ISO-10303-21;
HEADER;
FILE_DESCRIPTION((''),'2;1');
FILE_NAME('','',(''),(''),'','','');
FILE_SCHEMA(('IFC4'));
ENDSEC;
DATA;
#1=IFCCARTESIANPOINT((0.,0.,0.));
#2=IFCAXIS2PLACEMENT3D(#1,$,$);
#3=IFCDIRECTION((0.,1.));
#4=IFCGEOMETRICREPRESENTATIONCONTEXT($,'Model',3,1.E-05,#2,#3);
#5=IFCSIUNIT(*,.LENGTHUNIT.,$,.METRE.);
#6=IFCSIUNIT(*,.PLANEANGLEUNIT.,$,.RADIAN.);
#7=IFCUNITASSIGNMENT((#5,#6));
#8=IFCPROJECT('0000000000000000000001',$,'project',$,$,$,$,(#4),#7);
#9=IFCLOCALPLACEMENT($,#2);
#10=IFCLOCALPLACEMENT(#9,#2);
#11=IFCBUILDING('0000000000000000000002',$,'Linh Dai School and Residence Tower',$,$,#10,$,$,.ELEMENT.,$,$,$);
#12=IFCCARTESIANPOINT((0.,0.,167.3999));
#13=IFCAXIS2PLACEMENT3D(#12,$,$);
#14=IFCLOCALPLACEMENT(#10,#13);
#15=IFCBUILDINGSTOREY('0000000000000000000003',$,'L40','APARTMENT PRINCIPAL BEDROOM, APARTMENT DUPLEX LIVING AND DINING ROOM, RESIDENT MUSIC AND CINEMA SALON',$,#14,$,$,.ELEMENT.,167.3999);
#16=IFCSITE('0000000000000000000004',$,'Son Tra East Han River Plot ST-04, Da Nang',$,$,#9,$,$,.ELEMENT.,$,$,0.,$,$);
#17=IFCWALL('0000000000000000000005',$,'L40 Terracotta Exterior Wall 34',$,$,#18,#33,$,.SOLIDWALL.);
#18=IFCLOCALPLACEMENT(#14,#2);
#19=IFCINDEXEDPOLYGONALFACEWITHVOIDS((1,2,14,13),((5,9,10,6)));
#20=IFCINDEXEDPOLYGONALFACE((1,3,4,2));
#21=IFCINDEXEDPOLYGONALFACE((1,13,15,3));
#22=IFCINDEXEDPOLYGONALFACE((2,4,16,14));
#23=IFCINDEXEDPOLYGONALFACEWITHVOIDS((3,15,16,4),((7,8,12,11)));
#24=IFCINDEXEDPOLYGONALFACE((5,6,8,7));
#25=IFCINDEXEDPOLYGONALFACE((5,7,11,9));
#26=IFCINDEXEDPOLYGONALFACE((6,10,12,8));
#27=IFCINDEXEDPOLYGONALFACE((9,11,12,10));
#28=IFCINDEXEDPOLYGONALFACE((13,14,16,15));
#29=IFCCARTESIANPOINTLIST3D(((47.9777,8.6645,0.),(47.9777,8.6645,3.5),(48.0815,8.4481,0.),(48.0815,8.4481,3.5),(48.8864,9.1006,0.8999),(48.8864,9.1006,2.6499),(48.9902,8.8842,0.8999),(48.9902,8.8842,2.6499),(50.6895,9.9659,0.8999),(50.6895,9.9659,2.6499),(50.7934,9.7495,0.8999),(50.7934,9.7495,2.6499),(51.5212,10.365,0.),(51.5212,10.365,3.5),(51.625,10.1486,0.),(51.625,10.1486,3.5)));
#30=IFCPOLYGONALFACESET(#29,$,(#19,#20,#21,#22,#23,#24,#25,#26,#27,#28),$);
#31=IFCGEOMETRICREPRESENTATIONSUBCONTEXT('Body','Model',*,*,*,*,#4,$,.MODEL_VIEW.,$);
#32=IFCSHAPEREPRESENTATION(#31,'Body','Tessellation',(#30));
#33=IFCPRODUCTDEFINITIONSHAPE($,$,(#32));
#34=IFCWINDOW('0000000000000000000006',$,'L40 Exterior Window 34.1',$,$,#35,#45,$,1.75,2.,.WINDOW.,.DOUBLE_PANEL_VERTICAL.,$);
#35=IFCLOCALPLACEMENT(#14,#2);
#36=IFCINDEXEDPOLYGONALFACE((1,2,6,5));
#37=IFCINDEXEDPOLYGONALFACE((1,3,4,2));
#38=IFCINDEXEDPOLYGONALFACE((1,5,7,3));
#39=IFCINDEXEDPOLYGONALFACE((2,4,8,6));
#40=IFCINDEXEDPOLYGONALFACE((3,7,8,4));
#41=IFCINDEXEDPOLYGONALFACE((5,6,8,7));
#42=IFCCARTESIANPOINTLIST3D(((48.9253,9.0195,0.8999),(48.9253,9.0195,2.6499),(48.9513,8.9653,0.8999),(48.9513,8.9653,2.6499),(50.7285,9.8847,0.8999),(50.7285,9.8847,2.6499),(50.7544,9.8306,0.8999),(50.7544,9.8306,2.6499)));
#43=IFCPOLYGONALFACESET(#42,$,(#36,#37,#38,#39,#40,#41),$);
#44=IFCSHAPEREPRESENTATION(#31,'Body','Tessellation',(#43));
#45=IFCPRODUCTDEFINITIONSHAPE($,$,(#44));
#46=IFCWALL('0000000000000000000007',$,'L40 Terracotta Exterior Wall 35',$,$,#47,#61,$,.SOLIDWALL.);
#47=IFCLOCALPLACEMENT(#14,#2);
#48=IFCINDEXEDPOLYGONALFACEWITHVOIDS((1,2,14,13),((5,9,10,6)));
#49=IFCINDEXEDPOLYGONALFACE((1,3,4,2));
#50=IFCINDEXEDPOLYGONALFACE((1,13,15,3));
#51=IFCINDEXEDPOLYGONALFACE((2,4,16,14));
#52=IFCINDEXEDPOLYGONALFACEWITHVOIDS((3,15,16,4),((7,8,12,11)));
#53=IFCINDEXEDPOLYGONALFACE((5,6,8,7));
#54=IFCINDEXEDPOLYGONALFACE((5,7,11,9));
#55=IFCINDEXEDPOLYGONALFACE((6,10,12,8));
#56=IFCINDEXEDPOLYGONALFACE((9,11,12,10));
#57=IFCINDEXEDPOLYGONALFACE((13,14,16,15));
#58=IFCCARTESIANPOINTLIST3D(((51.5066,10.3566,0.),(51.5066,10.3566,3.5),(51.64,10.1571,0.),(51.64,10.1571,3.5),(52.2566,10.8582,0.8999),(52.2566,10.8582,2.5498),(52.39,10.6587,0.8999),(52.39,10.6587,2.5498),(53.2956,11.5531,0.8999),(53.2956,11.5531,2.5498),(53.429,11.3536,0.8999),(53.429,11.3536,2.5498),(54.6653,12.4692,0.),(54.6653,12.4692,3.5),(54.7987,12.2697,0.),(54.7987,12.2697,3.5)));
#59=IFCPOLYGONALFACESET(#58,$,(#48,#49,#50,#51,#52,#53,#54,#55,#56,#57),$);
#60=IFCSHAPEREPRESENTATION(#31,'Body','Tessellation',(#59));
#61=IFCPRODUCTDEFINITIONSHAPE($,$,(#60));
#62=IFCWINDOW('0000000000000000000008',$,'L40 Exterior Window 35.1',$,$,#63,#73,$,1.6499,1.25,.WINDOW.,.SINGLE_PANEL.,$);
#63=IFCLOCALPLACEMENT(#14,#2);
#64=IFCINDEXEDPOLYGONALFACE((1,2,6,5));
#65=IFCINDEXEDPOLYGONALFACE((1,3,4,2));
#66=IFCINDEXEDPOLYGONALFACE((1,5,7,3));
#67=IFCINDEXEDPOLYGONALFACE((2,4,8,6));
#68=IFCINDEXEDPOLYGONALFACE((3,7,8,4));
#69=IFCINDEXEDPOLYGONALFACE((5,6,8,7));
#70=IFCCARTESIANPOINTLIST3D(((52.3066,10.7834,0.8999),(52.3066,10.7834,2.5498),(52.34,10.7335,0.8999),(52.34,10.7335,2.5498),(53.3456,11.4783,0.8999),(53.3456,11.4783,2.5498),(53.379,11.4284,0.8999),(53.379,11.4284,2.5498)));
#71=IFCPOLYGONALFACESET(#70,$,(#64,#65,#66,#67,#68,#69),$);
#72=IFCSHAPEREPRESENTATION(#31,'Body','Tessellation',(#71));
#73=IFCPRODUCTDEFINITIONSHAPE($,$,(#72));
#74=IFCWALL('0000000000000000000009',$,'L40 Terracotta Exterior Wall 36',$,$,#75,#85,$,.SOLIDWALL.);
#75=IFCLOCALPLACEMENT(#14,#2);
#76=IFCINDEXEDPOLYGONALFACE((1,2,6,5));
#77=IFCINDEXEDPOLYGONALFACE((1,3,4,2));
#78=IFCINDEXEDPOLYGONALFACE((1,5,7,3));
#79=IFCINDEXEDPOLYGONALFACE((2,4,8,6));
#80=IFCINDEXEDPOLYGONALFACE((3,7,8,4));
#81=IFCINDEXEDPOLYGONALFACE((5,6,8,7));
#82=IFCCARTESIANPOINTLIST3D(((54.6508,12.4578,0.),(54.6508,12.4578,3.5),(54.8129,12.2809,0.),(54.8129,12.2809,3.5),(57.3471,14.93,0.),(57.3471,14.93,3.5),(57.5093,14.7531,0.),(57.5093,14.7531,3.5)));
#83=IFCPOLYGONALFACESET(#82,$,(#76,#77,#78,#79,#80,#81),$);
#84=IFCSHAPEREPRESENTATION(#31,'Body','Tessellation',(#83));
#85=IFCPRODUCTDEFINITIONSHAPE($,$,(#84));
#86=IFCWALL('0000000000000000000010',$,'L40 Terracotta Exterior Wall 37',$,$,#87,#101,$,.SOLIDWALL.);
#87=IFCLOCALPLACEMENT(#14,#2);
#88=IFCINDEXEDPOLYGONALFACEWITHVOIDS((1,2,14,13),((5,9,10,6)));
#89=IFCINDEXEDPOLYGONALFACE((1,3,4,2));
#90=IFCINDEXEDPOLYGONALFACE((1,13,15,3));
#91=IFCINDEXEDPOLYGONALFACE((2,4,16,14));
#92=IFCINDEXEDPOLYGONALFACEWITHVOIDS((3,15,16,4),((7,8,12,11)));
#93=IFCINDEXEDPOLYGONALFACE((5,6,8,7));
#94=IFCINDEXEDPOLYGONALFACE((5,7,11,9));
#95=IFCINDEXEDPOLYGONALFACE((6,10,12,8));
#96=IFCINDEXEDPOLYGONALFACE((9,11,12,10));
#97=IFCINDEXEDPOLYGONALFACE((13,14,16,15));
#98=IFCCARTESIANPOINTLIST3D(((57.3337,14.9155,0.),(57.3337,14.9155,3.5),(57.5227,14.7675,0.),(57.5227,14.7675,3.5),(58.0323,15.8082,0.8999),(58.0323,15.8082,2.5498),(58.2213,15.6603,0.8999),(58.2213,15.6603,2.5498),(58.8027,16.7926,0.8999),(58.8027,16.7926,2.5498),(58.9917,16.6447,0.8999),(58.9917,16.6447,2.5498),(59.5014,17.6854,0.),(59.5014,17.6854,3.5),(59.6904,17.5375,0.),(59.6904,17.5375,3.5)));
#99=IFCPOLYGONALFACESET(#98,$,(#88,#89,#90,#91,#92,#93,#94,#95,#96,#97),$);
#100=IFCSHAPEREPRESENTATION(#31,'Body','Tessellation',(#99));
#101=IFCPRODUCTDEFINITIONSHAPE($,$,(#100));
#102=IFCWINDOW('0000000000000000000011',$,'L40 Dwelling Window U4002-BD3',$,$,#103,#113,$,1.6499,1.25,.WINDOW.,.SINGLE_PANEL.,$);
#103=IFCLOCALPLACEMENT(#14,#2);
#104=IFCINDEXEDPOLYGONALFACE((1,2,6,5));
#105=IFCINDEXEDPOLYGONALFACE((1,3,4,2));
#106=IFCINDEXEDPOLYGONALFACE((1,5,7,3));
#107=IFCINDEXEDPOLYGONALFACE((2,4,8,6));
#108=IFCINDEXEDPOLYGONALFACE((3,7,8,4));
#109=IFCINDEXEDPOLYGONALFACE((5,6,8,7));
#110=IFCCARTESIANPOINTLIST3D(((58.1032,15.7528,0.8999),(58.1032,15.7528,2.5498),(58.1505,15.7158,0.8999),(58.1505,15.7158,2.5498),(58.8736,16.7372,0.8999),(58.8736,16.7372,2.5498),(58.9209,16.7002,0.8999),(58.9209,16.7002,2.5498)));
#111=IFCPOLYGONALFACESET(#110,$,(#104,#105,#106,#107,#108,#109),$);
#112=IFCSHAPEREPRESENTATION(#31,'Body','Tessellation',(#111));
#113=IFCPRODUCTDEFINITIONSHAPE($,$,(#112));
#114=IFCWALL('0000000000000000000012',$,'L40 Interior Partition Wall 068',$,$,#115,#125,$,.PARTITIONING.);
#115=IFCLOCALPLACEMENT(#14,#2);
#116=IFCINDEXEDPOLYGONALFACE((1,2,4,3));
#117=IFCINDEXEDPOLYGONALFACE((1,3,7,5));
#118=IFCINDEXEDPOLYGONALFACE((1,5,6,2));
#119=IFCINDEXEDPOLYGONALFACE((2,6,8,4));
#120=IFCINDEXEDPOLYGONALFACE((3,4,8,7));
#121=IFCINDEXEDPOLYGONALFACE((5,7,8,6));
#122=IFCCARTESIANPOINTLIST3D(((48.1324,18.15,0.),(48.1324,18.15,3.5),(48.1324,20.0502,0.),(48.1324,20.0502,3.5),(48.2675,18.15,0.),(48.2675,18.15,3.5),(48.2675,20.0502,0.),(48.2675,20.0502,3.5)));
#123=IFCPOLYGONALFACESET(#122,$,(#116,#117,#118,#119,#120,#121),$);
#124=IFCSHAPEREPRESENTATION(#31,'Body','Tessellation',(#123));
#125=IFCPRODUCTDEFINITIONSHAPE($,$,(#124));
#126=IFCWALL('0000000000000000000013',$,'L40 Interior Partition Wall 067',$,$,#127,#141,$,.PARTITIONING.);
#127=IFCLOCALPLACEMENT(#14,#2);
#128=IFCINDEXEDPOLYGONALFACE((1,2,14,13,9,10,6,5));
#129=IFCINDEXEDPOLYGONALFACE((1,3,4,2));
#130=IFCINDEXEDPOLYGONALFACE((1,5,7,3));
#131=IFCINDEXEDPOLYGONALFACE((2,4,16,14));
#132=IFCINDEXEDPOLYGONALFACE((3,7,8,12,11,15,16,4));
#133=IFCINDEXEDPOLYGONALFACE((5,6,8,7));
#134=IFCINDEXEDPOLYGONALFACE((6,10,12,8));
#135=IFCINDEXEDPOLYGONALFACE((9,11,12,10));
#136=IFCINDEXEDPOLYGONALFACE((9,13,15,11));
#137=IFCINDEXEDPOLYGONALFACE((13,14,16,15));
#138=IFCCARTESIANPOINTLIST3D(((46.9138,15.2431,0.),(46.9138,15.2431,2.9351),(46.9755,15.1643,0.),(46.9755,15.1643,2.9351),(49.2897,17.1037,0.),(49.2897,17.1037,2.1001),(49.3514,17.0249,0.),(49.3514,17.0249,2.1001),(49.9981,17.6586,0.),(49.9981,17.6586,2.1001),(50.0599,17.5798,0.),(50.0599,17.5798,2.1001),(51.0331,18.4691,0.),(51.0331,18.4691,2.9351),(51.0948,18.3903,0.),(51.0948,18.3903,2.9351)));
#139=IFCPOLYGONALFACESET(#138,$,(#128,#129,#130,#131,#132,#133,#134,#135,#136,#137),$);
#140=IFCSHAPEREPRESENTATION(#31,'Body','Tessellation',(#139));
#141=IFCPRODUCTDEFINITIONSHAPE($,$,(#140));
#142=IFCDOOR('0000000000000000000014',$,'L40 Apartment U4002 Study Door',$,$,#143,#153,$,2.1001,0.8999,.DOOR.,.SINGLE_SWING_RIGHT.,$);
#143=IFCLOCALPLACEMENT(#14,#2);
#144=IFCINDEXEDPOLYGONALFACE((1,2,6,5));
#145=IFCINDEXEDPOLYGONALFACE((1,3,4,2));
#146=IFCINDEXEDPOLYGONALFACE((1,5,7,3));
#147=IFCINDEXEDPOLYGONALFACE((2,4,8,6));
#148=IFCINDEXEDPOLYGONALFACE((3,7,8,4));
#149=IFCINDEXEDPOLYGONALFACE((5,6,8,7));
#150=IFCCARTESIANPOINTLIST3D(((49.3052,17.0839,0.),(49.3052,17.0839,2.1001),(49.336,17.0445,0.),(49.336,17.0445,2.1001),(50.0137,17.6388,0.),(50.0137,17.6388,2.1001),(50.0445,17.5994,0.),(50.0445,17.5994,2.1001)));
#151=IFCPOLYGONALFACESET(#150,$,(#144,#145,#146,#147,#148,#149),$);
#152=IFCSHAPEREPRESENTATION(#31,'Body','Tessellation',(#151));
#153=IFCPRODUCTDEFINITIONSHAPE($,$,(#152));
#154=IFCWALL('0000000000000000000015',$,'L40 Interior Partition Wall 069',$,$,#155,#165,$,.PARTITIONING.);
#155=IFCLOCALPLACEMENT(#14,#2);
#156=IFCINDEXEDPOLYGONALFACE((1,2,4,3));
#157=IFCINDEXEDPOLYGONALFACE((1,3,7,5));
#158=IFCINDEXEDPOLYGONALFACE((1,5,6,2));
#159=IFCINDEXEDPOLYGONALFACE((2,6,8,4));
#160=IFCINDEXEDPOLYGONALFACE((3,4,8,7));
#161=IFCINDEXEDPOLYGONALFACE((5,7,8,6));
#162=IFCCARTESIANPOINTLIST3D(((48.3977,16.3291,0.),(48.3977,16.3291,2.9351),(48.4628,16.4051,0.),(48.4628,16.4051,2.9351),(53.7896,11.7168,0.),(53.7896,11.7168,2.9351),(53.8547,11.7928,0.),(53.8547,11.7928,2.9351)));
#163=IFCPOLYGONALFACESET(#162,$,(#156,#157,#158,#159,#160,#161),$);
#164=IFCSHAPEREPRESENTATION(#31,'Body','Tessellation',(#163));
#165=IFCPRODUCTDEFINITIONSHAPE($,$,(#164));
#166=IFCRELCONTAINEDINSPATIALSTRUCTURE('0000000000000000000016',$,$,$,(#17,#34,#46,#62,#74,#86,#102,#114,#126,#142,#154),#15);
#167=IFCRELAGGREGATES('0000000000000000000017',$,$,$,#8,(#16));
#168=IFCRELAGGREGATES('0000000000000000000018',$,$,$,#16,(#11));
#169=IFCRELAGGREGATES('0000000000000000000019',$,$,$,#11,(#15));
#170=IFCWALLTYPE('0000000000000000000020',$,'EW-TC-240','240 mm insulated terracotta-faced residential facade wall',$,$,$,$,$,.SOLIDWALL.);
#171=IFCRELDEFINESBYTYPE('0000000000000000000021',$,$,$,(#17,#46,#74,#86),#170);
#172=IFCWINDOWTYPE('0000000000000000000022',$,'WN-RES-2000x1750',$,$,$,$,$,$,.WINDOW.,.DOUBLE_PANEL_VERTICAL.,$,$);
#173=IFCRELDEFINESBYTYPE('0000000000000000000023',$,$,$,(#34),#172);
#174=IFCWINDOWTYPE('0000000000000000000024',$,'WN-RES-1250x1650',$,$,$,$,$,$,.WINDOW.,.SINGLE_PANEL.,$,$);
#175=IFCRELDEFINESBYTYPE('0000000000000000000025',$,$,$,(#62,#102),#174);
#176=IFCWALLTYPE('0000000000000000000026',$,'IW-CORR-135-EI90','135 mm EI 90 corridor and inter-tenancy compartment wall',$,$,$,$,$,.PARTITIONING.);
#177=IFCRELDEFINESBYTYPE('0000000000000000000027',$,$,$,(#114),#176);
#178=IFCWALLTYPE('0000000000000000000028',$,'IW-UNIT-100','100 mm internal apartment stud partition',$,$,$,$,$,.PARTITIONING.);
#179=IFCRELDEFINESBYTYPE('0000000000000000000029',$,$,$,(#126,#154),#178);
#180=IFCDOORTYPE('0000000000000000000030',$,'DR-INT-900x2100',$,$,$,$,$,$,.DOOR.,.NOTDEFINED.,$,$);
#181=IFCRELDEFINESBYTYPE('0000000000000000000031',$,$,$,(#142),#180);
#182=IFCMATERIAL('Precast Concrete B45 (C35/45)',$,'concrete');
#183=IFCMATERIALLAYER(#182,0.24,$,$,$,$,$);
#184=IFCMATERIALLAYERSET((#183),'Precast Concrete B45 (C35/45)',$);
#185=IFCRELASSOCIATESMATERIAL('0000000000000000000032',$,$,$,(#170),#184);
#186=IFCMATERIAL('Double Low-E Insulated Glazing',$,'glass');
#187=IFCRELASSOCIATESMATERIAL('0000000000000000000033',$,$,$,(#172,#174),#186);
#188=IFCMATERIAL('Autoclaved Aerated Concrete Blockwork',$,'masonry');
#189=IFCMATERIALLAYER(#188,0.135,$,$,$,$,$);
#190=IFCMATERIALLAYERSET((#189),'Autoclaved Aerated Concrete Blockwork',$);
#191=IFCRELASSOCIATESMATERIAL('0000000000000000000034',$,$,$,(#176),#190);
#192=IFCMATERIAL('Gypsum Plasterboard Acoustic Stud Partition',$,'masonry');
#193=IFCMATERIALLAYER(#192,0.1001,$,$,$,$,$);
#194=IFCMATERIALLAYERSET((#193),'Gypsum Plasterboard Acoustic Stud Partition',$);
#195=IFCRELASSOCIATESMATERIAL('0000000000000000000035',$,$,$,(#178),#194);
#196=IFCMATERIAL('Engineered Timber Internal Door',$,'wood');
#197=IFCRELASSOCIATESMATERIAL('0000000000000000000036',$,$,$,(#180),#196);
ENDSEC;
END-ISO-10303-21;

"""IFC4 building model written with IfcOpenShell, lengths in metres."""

from ifc_helpers import new_model, si_unit, direction, frame, frame_2d, origin, origin_2d, place, context, subcontext, project, spatial, rectangle, extrude, source, transform, mapped, material, layer, layer_set, type_object, element, fill, save


model = new_model("IFC4")

# Units and contexts
model_context = context("Model", 3, precision=1e-05, world=origin(), true_north=direction((0.0, 1.0)))
body_context = subcontext(model_context, "Body", "Model", "MODEL_VIEW")
ifc_project = project(units=[si_unit("LENGTHUNIT", "METRE"), si_unit("PLANEANGLEUNIT", "RADIAN")], contexts=[model_context])

# Site, building, storey
site_placement = place(None, origin())
site = spatial("IfcSite", under=ifc_project, at=site_placement, Name="Son Tra East Han River Plot ST-04, Da Nang", CompositionType="ELEMENT", RefElevation=0.0)
building_placement = place(site_placement, origin())
building = spatial("IfcBuilding", under=site, at=building_placement, Name="Linh Dai School and Residence Tower", CompositionType="ELEMENT")
storey_placement = place(building_placement, frame((0.0, 0.0, 167.3999)))
storey = spatial("IfcBuildingStorey", under=building, at=storey_placement, Name="L40", Description="APARTMENT PRINCIPAL BEDROOM, APARTMENT DUPLEX LIVING AND DINING ROOM, RESIDENT MUSIC AND CINEMA SALON", CompositionType="ELEMENT", Elevation=167.3999)

# Shared definitions
ifc_material_1 = material(Name="Precast Concrete B45 (C35/45)", Category="concrete")

# Walls, openings, windows
ifc_layer_1 = layer(ifc_material_1, 0.24)
ifc_layer_set_1 = layer_set([ifc_layer_1], Name="Precast Concrete B45 (C35/45)")
wall_type_1 = type_object("IfcWallType", Name="EW-TC-240", Description="240 mm insulated terracotta-faced residential facade wall", PredefinedType="SOLIDWALL", material=ifc_layer_set_1)
ifc_material_2 = material(Name="Double Low-E Insulated Glazing", Category="glass")
window_type_1 = type_object("IfcWindowType", Name="WN-RES-2000x1750", PartitioningType="DOUBLE_PANEL_VERTICAL", PredefinedType="WINDOW", material=ifc_material_2)
shared_shape_1 = source(origin(), body_context, "Body", "SweptSolid", [
    extrude(rectangle(XDim=2.0, YDim=1.75, at=origin_2d()), frame((1.0, 0.03, 0.875), z_axis=(0.0, -1.0, 0.0), x_axis=(1.0, 0.0, 0.0)), (0.0, 0.0, 1.0), 0.0601),
])
wall_1_placement = place(storey_placement, frame((51.5732, 10.2568, 0.0), z_axis=(0.0, 0.0, 1.0), x_axis=(-0.901565, -0.432644, 0.0)))
wall_1 = element("IfcWall", 1, at=wall_1_placement, inside=storey, type_object=wall_type_1, Name="L40 Terracotta Exterior Wall 34", PredefinedType="SOLIDWALL", context=body_context, shape_type="SweptSolid", body=[
    extrude(rectangle(XDim=3.9304, YDim=0.24, at=frame_2d((1.9653, 0.0))), origin(), (0.0, 0.0, 1.0), 3.5),
])
opening_1_placement = place(wall_1_placement, frame((0.9226, 0.0, 0.8999)))
opening_1 = element("IfcOpeningElement", 2, at=opening_1_placement, cuts=wall_1, PredefinedType="OPENING", context=body_context, shape_type="SweptSolid", body=[
    extrude(rectangle(XDim=2.0, YDim=1.75, at=origin_2d()), frame((1.0, 0.1299, 0.875), z_axis=(0.0, -1.0, 0.0), x_axis=(1.0, 0.0, 0.0)), (0.0, 0.0, 1.0), 0.26),
])
window_1_placement = place(opening_1_placement, origin())
window_1 = element("IfcWindow", 3, at=window_1_placement, inside=storey, type_object=window_type_1, Name="L40 Exterior Window 34.1", OverallHeight=1.75, OverallWidth=2.0, PartitioningType="DOUBLE_PANEL_VERTICAL", PredefinedType="WINDOW", context=body_context, shape_type="MappedRepresentation", body=[
    mapped(shared_shape_1, transform((0.0, 0.0, 0.0), x_axis=(1.0, 0.0, 0.0), y_axis=(0.0, 1.0, 0.0), z_axis=(0.0, 0.0, 1.0), scale=1.0)),
])
fill(opening_1, window_1)
wall_2_placement = place(storey_placement, frame((54.7319, 12.3694, 0.0), z_axis=(0.0, 0.0, 1.0), x_axis=(-0.831229, -0.55593, 0.0)))
wall_2 = element("IfcWall", 4, at=wall_2_placement, inside=storey, type_object=wall_type_1, Name="L40 Terracotta Exterior Wall 35", PredefinedType="SOLIDWALL", context=body_context, shape_type="SweptSolid", body=[
    extrude(rectangle(XDim=3.8, YDim=0.24, at=frame_2d((1.8999, 0.0))), origin(), (0.0, 0.0, 1.0), 3.5),
])
opening_2_placement = place(wall_2_placement, frame((1.6477, 0.0, 0.8999)))
opening_2 = element("IfcOpeningElement", 5, at=opening_2_placement, cuts=wall_2, PredefinedType="OPENING", context=body_context, shape_type="SweptSolid", body=[
    extrude(rectangle(XDim=1.25, YDim=1.6499, at=origin_2d()), frame((0.625, 0.1299, 0.825), z_axis=(0.0, -1.0, 0.0), x_axis=(1.0, 0.0, 0.0)), (0.0, 0.0, 1.0), 0.26),
])
window_type_2 = type_object("IfcWindowType", Name="WN-RES-1250x1650", PartitioningType="SINGLE_PANEL", PredefinedType="WINDOW", material=ifc_material_2)
shared_shape_2 = source(origin(), body_context, "Body", "SweptSolid", [
    extrude(rectangle(XDim=1.25, YDim=1.6499, at=origin_2d()), frame((0.625, 0.03, 0.825), z_axis=(0.0, -1.0, 0.0), x_axis=(1.0, 0.0, 0.0)), (0.0, 0.0, 1.0), 0.0601),
])
window_2_placement = place(opening_2_placement, origin())
window_2 = element("IfcWindow", 6, at=window_2_placement, inside=storey, type_object=window_type_2, Name="L40 Exterior Window 35.1", OverallHeight=1.6499, OverallWidth=1.25, PartitioningType="SINGLE_PANEL", PredefinedType="WINDOW", context=body_context, shape_type="MappedRepresentation", body=[
    mapped(shared_shape_2, transform((0.0, 0.0, 0.0), x_axis=(1.0, 0.0, 0.0), y_axis=(0.0, 1.0, 0.0), z_axis=(0.0, 0.0, 1.0), scale=1.0)),
])
fill(opening_2, window_2)

# Wall
wall_3_placement = place(storey_placement, frame((57.4282, 14.8416, 0.0), z_axis=(0.0, 0.0, 1.0), x_axis=(-0.737077, -0.675809, 0.0)))
element("IfcWall", 7, at=wall_3_placement, inside=storey, type_object=wall_type_1, Name="L40 Terracotta Exterior Wall 36", PredefinedType="SOLIDWALL", context=body_context, shape_type="SweptSolid", body=[
    extrude(rectangle(XDim=3.6582, YDim=0.24, at=frame_2d((1.8291, 0.0))), origin(), (0.0, 0.0, 1.0), 3.5),
])

# Wall, opening, window
wall_4_placement = place(storey_placement, frame((59.5959, 17.6116, 0.0), z_axis=(0.0, 0.0, 1.0), x_axis=(-0.616288, -0.787521, 0.0)))
wall_4 = element("IfcWall", 8, at=wall_4_placement, inside=storey, type_object=wall_type_1, Name="L40 Terracotta Exterior Wall 37", PredefinedType="SOLIDWALL", context=body_context, shape_type="SweptSolid", body=[
    extrude(rectangle(XDim=3.5173, YDim=0.24, at=frame_2d((1.7588, 0.0))), origin(), (0.0, 0.0, 1.0), 3.5),
])
opening_3_placement = place(wall_4_placement, frame((1.1338, 0.0, 0.8999)))
opening_3 = element("IfcOpeningElement", 9, at=opening_3_placement, cuts=wall_4, PredefinedType="OPENING", context=body_context, shape_type="SweptSolid", body=[
    extrude(rectangle(XDim=1.25, YDim=1.6499, at=origin_2d()), frame((0.625, 0.1299, 0.825), z_axis=(0.0, -1.0, 0.0), x_axis=(1.0, 0.0, 0.0)), (0.0, 0.0, 1.0), 0.26),
])
window_3_placement = place(opening_3_placement, origin())
window_3 = element("IfcWindow", 10, at=window_3_placement, inside=storey, type_object=window_type_2, Name="L40 Dwelling Window U4002-BD3", OverallHeight=1.6499, OverallWidth=1.25, PartitioningType="SINGLE_PANEL", PredefinedType="WINDOW", context=body_context, shape_type="MappedRepresentation", body=[
    mapped(shared_shape_2, transform((0.0, 0.0, 0.0), x_axis=(1.0, 0.0, 0.0), y_axis=(0.0, 1.0, 0.0), z_axis=(0.0, 0.0, 1.0), scale=1.0)),
])
fill(opening_3, window_3)

# Wall
ifc_material_3 = material(Name="Autoclaved Aerated Concrete Blockwork", Category="masonry")
ifc_layer_2 = layer(ifc_material_3, 0.135)
ifc_layer_set_2 = layer_set([ifc_layer_2], Name="Autoclaved Aerated Concrete Blockwork")
wall_type_2 = type_object("IfcWallType", Name="IW-CORR-135-EI90", Description="135 mm EI 90 corridor and inter-tenancy compartment wall", PredefinedType="PARTITIONING", material=ifc_layer_set_2)
wall_5_placement = place(storey_placement, frame((48.2, 18.1499, 0.0), z_axis=(0.0, 0.0, 1.0), x_axis=(0.0, 1.0, 0.0)))
element("IfcWall", 11, at=wall_5_placement, inside=storey, type_object=wall_type_2, Name="L40 Interior Partition Wall 068", PredefinedType="PARTITIONING", context=body_context, shape_type="SweptSolid", body=[
    extrude(rectangle(XDim=1.9001, YDim=0.135, at=frame_2d((0.9502, 0.0))), origin(), (0.0, 0.0, 1.0), 3.5),
])

# Wall, opening, door
ifc_material_4 = material(Name="Gypsum Plasterboard Acoustic Stud Partition", Category="masonry")
ifc_layer_3 = layer(ifc_material_4, 0.1001)
ifc_layer_set_3 = layer_set([ifc_layer_3], Name="Gypsum Plasterboard Acoustic Stud Partition")
wall_type_3 = type_object("IfcWallType", Name="IW-UNIT-100", Description="100 mm internal apartment stud partition", PredefinedType="PARTITIONING", material=ifc_layer_set_3)
wall_6_placement = place(storey_placement, frame((46.9446, 15.2036, 0.0), z_axis=(0.0, 0.0, 1.0), x_axis=(0.7873, 0.61657, 0.0)))
wall_6 = element("IfcWall", 12, at=wall_6_placement, inside=storey, type_object=wall_type_3, Name="L40 Interior Partition Wall 067", PredefinedType="PARTITIONING", context=body_context, shape_type="SweptSolid", body=[
    extrude(rectangle(XDim=5.2322, YDim=0.1001, at=frame_2d((2.6162, 0.0))), origin(), (0.0, 0.0, 1.0), 2.9351),
])
opening_4_placement = place(wall_6_placement, frame((3.0178, 0.0, 0.0)))
opening_4 = element("IfcOpeningElement", 13, at=opening_4_placement, cuts=wall_6, PredefinedType="OPENING", context=body_context, shape_type="SweptSolid", body=[
    extrude(rectangle(XDim=0.8999, YDim=2.1001, at=origin_2d()), frame((0.45, 0.0601, 1.05), z_axis=(0.0, -1.0, 0.0), x_axis=(1.0, 0.0, 0.0)), (0.0, 0.0, 1.0), 0.1201),
])
ifc_material_5 = material(Name="Engineered Timber Internal Door", Category="wood")
door_type = type_object("IfcDoorType", Name="DR-INT-900x2100", OperationType="NOTDEFINED", PredefinedType="DOOR", material=ifc_material_5)
shared_shape_3 = source(origin(), body_context, "Body", "SweptSolid", [
    extrude(rectangle(XDim=0.8999, YDim=2.1001, at=origin_2d()), frame((0.45, 0.0249, 1.05), z_axis=(0.0, -1.0, 0.0), x_axis=(1.0, 0.0, 0.0)), (0.0, 0.0, 1.0), 0.05),
])
door_1_placement = place(opening_4_placement, origin())
door_1 = element("IfcDoor", 14, at=door_1_placement, inside=storey, type_object=door_type, Name="L40 Apartment U4002 Study Door", OperationType="SINGLE_SWING_RIGHT", OverallHeight=2.1001, OverallWidth=0.8999, PredefinedType="DOOR", context=body_context, shape_type="MappedRepresentation", body=[
    mapped(shared_shape_3, transform((0.0, 0.0, 0.0), x_axis=(1.0, 0.0, 0.0), y_axis=(0.0, 1.0, 0.0), z_axis=(0.0, 0.0, 1.0), scale=1.0)),
])
fill(opening_4, door_1)

# Wall
wall_7_placement = place(storey_placement, frame((48.4302, 16.3672, 0.0), z_axis=(0.0, 0.0, 1.0), x_axis=(0.759902, -0.650037, 0.0)))
element("IfcWall", 15, at=wall_7_placement, inside=storey, type_object=wall_type_3, Name="L40 Interior Partition Wall 069", PredefinedType="PARTITIONING", context=body_context, shape_type="SweptSolid", body=[
    extrude(rectangle(XDim=7.0955, YDim=0.1001, at=frame_2d((3.5479, 0.0))), origin(), (0.0, 0.0, 1.0), 2.9351),
])

save(model, "model.ifc")
